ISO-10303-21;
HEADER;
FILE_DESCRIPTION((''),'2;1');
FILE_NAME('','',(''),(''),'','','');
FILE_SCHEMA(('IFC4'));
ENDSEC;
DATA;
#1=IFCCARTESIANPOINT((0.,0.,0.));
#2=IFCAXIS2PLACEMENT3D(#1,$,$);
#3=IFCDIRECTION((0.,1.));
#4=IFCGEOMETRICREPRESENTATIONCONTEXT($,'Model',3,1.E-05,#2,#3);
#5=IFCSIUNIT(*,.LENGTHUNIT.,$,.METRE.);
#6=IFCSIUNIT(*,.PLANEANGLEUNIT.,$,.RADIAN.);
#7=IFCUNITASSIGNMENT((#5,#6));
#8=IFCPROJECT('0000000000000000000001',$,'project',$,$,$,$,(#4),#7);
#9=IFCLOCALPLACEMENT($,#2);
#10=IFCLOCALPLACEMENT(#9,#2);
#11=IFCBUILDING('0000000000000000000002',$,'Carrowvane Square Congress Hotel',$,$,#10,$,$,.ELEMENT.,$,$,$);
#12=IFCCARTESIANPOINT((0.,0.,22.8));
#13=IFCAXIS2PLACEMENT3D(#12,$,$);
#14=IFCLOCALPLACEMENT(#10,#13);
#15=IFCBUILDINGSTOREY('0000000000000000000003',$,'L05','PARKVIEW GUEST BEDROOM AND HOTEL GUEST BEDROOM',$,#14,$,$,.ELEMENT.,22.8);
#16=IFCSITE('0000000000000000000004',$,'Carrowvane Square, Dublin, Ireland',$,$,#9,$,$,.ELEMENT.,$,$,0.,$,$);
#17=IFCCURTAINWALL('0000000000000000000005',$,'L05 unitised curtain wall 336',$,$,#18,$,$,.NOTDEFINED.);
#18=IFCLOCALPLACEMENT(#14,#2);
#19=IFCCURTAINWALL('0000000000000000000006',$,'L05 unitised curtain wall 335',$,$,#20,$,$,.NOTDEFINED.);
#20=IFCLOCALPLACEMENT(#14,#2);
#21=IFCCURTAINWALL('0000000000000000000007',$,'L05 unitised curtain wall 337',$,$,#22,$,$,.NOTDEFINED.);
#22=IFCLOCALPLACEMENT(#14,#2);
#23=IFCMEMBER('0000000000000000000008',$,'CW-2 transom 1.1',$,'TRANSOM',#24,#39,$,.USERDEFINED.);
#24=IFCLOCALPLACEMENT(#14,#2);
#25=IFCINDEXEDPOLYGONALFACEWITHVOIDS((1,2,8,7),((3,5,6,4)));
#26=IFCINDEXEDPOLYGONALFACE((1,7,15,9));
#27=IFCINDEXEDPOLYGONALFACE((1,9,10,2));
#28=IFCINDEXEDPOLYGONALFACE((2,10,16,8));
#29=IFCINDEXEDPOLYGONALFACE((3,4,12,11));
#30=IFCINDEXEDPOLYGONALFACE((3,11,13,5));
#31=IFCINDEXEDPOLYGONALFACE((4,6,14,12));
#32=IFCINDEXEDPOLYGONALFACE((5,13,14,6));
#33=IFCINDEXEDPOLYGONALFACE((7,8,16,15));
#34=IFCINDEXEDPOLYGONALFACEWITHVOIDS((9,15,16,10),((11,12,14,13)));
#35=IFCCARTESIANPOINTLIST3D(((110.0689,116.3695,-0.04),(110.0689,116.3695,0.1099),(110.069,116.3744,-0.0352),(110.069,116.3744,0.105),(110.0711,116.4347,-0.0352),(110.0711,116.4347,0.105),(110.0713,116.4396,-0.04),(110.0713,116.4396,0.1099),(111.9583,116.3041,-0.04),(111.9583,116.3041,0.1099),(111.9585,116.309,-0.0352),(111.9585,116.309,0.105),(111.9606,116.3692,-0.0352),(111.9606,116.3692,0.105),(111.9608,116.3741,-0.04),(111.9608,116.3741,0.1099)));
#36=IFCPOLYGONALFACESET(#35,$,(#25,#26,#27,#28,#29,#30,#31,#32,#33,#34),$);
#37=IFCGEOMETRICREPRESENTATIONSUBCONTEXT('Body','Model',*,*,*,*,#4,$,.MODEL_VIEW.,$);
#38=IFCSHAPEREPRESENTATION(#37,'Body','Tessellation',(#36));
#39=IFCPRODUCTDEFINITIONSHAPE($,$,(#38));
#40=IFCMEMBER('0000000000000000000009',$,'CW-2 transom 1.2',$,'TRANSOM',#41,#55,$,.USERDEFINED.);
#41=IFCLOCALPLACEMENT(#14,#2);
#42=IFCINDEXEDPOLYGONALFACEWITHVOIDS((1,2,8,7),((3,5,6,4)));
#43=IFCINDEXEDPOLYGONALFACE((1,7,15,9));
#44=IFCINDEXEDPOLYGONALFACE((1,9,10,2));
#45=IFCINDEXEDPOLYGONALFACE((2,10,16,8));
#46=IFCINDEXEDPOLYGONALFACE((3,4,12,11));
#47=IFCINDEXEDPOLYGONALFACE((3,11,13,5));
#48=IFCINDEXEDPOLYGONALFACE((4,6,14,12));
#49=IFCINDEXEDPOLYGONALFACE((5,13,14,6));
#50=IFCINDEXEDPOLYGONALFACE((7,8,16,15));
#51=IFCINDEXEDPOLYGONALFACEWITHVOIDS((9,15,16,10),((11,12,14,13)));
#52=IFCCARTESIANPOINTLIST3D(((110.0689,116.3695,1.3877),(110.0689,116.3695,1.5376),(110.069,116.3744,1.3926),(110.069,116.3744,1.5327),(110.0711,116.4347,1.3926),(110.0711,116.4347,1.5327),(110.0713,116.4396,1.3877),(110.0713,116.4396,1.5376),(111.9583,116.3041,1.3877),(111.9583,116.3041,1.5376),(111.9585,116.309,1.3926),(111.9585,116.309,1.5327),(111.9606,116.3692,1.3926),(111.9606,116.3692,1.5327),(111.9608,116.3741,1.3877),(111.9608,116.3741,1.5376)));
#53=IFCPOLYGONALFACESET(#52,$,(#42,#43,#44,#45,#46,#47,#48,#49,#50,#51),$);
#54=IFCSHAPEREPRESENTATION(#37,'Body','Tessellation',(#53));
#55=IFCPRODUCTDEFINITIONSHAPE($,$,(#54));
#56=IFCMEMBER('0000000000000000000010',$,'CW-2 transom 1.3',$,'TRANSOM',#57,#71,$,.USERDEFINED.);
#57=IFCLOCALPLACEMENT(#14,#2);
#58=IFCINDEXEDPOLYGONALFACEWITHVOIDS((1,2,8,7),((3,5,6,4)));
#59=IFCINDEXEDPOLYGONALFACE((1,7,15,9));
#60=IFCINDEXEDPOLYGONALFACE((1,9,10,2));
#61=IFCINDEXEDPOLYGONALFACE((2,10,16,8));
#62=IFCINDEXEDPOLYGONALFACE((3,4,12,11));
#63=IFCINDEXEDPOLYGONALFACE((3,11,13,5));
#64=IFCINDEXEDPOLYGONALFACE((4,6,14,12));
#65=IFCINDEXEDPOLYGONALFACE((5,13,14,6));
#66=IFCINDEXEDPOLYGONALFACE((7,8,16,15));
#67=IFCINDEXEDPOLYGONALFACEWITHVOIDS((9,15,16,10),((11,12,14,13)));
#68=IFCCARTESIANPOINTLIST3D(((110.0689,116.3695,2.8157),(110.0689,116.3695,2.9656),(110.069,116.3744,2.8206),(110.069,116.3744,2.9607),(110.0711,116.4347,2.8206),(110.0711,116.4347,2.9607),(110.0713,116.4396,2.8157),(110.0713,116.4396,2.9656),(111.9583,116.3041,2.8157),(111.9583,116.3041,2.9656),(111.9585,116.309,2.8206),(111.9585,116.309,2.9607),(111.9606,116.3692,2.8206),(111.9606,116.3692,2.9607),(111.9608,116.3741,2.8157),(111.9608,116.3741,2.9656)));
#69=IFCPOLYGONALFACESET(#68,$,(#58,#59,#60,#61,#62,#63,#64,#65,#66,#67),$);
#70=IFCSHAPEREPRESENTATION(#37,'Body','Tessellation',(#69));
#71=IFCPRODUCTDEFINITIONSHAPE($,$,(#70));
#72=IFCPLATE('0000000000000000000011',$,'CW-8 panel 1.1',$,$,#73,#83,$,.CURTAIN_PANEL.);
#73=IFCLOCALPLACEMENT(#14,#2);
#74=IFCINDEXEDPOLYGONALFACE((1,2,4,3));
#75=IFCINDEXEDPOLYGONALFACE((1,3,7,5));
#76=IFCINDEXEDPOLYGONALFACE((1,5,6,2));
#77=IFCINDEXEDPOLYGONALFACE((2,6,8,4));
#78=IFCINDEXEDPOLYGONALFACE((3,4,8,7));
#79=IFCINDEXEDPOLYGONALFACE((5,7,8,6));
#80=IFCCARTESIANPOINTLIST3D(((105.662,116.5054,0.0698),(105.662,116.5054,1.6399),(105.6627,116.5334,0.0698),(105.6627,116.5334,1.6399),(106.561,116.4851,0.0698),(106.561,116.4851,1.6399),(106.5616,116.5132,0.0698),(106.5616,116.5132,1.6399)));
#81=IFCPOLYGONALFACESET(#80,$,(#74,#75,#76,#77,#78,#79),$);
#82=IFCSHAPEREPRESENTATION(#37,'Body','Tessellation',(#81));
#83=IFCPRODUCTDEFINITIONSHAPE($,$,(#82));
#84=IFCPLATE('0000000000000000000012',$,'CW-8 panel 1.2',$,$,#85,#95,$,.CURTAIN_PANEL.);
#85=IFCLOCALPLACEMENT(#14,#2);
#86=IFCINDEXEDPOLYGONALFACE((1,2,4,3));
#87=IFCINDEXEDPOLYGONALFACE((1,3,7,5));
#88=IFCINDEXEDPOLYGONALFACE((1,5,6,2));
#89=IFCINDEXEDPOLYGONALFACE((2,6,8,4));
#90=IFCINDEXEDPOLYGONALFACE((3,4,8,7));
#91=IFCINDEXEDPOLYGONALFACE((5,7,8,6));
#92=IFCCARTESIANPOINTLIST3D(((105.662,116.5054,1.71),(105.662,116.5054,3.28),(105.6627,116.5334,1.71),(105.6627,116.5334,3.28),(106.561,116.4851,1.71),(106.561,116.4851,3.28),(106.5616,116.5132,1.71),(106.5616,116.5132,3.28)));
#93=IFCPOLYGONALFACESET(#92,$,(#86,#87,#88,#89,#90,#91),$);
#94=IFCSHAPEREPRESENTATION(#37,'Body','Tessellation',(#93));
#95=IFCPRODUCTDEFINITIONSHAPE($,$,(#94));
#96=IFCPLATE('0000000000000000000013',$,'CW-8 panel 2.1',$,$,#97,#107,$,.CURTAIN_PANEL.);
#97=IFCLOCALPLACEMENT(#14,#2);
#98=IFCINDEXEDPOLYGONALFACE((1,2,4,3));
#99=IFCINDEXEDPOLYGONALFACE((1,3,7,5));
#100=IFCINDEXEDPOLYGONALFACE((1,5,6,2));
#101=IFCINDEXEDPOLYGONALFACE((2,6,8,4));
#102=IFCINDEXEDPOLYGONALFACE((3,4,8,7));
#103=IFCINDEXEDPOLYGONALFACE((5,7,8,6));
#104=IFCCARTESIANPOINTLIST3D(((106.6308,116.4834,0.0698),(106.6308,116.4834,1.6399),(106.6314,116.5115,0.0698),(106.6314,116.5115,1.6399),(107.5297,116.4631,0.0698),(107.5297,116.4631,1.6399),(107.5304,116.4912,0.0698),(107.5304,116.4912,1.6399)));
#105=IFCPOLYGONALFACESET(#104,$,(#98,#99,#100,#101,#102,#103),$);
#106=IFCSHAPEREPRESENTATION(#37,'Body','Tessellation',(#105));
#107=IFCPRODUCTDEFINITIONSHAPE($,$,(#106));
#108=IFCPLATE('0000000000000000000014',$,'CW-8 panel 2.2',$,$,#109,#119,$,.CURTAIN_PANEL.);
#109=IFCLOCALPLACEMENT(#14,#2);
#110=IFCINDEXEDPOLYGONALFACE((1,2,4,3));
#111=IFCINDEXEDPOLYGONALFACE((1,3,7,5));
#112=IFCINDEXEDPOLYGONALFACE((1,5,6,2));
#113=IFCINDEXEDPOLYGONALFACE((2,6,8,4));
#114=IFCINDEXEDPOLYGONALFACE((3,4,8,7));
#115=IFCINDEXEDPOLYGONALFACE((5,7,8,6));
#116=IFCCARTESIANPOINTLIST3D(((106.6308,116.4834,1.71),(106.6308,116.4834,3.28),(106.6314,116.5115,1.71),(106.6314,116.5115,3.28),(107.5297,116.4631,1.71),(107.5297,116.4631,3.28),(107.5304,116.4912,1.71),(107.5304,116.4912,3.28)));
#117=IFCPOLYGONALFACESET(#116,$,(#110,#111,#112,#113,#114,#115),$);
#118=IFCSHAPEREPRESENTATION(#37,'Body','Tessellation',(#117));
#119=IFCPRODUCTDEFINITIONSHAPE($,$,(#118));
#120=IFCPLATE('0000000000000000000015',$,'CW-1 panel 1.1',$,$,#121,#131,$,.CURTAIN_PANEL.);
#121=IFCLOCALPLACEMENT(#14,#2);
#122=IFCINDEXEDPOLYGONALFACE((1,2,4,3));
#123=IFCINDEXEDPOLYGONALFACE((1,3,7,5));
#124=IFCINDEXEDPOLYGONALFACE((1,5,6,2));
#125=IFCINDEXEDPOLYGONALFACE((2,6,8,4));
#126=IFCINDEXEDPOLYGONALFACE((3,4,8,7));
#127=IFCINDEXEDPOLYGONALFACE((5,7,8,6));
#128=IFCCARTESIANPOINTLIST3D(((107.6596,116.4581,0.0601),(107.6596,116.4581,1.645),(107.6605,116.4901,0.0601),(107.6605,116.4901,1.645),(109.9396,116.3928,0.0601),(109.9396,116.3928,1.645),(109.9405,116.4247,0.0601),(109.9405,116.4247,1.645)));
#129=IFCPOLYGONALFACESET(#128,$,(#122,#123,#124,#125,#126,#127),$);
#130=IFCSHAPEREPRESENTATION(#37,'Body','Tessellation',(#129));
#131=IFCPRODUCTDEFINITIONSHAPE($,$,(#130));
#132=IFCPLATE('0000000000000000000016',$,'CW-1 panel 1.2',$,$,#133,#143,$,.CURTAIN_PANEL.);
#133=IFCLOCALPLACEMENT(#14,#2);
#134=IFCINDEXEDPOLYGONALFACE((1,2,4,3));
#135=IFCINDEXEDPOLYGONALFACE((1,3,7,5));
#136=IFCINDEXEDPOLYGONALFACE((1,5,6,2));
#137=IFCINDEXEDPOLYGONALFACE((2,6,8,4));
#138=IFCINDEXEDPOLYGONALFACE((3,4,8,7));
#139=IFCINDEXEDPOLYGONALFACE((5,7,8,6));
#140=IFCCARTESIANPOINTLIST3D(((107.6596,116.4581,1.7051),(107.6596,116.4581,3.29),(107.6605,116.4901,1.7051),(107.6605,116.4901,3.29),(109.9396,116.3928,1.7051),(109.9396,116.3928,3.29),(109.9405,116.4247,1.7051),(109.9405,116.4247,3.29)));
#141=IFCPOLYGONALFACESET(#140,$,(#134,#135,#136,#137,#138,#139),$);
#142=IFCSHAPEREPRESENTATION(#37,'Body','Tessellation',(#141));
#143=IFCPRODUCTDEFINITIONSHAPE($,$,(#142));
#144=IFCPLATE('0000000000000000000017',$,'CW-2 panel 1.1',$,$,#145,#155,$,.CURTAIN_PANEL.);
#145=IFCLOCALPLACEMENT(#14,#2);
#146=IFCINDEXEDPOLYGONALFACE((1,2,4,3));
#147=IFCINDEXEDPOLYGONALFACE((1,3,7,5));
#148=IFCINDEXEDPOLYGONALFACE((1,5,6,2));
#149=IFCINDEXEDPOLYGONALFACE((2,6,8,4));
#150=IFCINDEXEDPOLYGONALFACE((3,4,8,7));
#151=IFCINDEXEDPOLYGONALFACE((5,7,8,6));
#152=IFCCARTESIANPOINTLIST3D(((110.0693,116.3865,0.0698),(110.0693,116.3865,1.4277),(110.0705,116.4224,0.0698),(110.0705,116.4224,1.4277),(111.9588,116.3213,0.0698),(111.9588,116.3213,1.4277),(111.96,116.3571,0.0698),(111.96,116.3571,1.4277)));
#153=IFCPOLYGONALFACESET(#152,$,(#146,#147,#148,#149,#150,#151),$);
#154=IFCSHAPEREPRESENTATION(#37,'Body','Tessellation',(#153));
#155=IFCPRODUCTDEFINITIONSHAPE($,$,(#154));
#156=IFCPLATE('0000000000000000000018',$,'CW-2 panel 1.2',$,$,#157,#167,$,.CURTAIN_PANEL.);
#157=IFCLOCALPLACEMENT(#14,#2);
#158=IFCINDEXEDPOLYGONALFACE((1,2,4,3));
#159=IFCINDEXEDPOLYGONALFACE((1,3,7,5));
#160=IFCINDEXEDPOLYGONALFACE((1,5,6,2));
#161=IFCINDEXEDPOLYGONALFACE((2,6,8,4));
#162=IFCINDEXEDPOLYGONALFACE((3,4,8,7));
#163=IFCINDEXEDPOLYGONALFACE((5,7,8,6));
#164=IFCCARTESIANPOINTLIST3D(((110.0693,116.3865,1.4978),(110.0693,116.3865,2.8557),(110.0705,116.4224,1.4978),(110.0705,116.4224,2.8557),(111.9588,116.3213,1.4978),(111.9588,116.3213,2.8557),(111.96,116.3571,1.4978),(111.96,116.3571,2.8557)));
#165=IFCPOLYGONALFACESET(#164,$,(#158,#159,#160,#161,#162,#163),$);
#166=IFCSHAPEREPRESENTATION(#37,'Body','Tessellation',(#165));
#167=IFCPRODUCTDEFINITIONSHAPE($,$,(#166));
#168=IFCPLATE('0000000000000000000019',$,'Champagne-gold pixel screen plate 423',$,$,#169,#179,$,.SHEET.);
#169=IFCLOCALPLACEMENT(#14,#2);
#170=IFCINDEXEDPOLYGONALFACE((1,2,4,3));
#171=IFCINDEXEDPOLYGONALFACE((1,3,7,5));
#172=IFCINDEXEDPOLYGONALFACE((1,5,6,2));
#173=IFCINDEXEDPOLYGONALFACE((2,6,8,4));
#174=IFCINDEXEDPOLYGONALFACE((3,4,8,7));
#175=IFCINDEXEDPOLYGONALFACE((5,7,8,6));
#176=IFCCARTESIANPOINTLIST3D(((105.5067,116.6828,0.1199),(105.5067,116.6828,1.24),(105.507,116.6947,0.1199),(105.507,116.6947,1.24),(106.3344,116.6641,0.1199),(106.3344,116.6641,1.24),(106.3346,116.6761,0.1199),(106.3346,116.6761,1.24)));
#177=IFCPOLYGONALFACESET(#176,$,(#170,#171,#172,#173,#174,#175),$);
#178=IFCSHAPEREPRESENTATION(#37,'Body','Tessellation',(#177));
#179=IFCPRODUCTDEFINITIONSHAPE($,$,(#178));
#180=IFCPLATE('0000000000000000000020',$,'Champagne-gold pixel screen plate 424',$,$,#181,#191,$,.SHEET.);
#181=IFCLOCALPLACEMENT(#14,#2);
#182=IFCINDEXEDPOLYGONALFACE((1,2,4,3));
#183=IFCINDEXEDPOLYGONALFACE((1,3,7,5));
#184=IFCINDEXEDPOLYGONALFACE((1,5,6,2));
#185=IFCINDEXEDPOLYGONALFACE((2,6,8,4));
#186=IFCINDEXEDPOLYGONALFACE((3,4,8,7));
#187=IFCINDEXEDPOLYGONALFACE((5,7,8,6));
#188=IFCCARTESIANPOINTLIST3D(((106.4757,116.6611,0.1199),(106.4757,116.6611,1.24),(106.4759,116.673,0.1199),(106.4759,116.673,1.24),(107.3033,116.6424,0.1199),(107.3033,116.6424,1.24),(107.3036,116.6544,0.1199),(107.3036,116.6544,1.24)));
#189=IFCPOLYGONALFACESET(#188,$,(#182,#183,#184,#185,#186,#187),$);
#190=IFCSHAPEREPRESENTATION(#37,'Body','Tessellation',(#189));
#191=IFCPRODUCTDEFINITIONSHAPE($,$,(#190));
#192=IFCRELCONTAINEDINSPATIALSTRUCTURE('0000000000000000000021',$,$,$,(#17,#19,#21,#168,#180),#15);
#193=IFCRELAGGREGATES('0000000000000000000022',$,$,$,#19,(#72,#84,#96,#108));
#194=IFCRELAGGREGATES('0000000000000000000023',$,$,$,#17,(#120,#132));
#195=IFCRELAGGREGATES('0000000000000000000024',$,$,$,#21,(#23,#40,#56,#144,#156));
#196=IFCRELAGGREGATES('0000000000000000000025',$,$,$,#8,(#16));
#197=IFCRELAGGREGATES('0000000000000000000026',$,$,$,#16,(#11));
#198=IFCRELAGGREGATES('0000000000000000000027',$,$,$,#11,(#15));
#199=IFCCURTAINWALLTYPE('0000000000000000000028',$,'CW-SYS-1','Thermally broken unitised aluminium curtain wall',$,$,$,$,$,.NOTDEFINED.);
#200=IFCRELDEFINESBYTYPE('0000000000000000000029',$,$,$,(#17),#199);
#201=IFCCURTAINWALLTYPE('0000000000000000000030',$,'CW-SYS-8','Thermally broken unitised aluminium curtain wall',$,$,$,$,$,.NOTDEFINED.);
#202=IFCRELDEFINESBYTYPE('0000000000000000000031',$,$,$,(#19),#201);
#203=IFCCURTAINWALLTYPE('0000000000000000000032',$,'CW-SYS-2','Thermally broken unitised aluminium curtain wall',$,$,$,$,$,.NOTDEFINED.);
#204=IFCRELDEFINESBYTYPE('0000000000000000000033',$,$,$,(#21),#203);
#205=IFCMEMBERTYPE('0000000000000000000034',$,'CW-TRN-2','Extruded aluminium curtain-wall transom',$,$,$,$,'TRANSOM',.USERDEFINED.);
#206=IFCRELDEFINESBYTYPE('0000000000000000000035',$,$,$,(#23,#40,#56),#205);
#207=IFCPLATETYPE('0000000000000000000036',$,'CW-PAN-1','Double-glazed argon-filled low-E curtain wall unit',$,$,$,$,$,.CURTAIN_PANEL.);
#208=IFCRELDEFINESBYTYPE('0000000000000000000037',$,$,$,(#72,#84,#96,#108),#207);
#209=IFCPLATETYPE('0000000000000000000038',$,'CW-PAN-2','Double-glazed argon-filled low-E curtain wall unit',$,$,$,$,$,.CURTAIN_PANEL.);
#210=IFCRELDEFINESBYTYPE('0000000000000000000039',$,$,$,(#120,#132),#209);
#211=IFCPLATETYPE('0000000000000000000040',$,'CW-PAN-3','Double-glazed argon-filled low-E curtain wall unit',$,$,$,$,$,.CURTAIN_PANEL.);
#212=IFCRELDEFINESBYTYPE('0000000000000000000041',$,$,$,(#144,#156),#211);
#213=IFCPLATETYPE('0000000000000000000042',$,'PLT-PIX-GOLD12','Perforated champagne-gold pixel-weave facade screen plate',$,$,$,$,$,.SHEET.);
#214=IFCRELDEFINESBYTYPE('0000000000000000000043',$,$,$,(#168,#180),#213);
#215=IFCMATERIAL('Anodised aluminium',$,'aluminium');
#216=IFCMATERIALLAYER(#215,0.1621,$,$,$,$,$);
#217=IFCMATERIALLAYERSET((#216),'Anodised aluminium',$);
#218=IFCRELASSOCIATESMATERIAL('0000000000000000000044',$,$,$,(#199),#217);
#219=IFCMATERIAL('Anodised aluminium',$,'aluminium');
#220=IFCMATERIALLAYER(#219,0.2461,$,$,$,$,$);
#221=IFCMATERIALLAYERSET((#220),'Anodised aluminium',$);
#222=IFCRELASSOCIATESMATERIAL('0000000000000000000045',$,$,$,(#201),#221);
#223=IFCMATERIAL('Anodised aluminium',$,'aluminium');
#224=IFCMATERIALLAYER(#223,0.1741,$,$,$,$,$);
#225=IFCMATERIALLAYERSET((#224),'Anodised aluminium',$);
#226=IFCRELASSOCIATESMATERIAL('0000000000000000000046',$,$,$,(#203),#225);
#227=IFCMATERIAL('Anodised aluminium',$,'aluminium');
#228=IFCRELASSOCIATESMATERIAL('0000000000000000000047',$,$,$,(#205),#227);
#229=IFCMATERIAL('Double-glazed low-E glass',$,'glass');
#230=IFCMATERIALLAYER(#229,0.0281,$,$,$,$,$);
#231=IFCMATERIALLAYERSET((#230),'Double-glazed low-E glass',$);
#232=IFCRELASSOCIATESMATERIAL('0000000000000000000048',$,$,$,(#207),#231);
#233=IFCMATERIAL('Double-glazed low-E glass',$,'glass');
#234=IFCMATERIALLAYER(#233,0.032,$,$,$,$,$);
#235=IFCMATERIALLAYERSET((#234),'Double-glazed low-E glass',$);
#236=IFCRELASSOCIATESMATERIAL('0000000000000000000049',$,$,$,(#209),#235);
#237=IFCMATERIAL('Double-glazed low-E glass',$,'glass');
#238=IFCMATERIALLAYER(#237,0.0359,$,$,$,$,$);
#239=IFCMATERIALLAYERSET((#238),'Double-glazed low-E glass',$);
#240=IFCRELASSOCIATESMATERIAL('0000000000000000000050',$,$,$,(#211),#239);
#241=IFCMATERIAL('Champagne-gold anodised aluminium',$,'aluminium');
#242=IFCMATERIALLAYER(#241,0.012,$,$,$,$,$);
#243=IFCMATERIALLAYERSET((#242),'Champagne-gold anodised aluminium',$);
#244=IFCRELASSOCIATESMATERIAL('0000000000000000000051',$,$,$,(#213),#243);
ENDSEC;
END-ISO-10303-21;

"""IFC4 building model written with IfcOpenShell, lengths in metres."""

from ifc_helpers import new_model, si_unit, direction, frame, origin, origin_2d, place, context, subcontext, project, spatial, rectangle, hollow_rectangle, extrude, material, layer, layer_set, material_profile, profile_set, type_object, element, aggregate, save


model = new_model("IFC4")

# Units and contexts
model_context = context("Model", 3, precision=1e-05, world=origin(), true_north=direction((0.0, 1.0)))
body_context = subcontext(model_context, "Body", "Model", "MODEL_VIEW")
ifc_project = project(units=[si_unit("LENGTHUNIT", "METRE"), si_unit("PLANEANGLEUNIT", "RADIAN")], contexts=[model_context])

# Site, building, storey
site_placement = place(None, origin())
site = spatial("IfcSite", under=ifc_project, at=site_placement, Name="Carrowvane Square, Dublin, Ireland", CompositionType="ELEMENT", RefElevation=0.0)
building_placement = place(site_placement, origin())
building = spatial("IfcBuilding", under=site, at=building_placement, Name="Carrowvane Square Congress Hotel", CompositionType="ELEMENT")
storey_placement = place(building_placement, frame((0.0, 0.0, 22.8)))
storey = spatial("IfcBuildingStorey", under=building, at=storey_placement, Name="L05", Description="PARKVIEW GUEST BEDROOM AND HOTEL GUEST BEDROOM", CompositionType="ELEMENT", Elevation=22.8)

# Curtain wall
ifc_material_1 = material(Name="Anodised aluminium", Category="aluminium")
ifc_layer_1 = layer(ifc_material_1, 0.1621)
ifc_layer_set_1 = layer_set([ifc_layer_1], Name="Anodised aluminium")
curtain_wall_type_1 = type_object("IfcCurtainWallType", Name="CW-SYS-1", Description="Thermally broken unitised aluminium curtain wall", PredefinedType="NOTDEFINED", material=ifc_layer_set_1)
curtain_wall_1_placement = place(storey_placement, origin())
curtain_wall_1 = element("IfcCurtainWall", 1, at=curtain_wall_1_placement, inside=storey, type_object=curtain_wall_type_1, Name="L05 unitised curtain wall 336", PredefinedType="NOTDEFINED")

# Curtain walls
ifc_material_2 = material(Name="Anodised aluminium", Category="aluminium")
ifc_layer_2 = layer(ifc_material_2, 0.2461)
ifc_layer_set_2 = layer_set([ifc_layer_2], Name="Anodised aluminium")
curtain_wall_type_2 = type_object("IfcCurtainWallType", Name="CW-SYS-8", Description="Thermally broken unitised aluminium curtain wall", PredefinedType="NOTDEFINED", material=ifc_layer_set_2)
curtain_wall_2_placement = place(storey_placement, origin())
curtain_wall_2 = element("IfcCurtainWall", 2, at=curtain_wall_2_placement, inside=storey, type_object=curtain_wall_type_2, Name="L05 unitised curtain wall 335", PredefinedType="NOTDEFINED")
ifc_material_3 = material(Name="Anodised aluminium", Category="aluminium")
ifc_layer_3 = layer(ifc_material_3, 0.1741)
ifc_layer_set_3 = layer_set([ifc_layer_3], Name="Anodised aluminium")
curtain_wall_type_3 = type_object("IfcCurtainWallType", Name="CW-SYS-2", Description="Thermally broken unitised aluminium curtain wall", PredefinedType="NOTDEFINED", material=ifc_layer_set_3)
curtain_wall_3_placement = place(storey_placement, origin())
curtain_wall_3 = element("IfcCurtainWall", 3, at=curtain_wall_3_placement, inside=storey, type_object=curtain_wall_type_3, Name="L05 unitised curtain wall 337", PredefinedType="NOTDEFINED")

# Members
ifc_material_4 = material(Name="Anodised aluminium", Category="aluminium")
ifc_material_profile_1 = material_profile(ifc_material_4, hollow_rectangle(XDim=0.0701, YDim=0.1499, WallThickness=0.0049, at=origin_2d()), Name="CW-TR 70x150x5")
ifc_profile_set_1 = profile_set([ifc_material_profile_1], Name="Anodised aluminium")
member_type_1 = type_object("IfcMemberType", Name="CW-TRN-2", Description="Extruded aluminium curtain-wall transom", ElementType="TRANSOM", PredefinedType="USERDEFINED", material=ifc_profile_set_1)
member_1_placement = place(storey_placement, frame((110.0701, 116.4045, 0.0349), z_axis=(0.999401, -0.034609, 0.0), x_axis=(0.034609, 0.999401, 0.0)))
member_1 = element("IfcMember", 4, at=member_1_placement, type_object=member_type_1, Name="CW-2 transom 1.1", ObjectType="TRANSOM", PredefinedType="USERDEFINED", context=body_context, shape_type="SweptSolid", body=[
    extrude(hollow_rectangle(XDim=0.0701, YDim=0.1499, WallThickness=0.0049, at=origin_2d()), origin(), (0.0, 0.0, 1.0), 1.8906),
])
member_2_placement = place(storey_placement, frame((110.0701, 116.4045, 1.4626), z_axis=(0.999401, -0.034609, 0.0), x_axis=(0.034609, 0.999401, 0.0)))
member_2 = element("IfcMember", 5, at=member_2_placement, type_object=member_type_1, Name="CW-2 transom 1.2", ObjectType="TRANSOM", PredefinedType="USERDEFINED", context=body_context, shape_type="SweptSolid", body=[
    extrude(hollow_rectangle(XDim=0.0701, YDim=0.1499, WallThickness=0.0049, at=origin_2d()), origin(), (0.0, 0.0, 1.0), 1.8906),
])
member_3_placement = place(storey_placement, frame((110.0701, 116.4045, 2.8906), z_axis=(0.999401, -0.034609, 0.0), x_axis=(0.034609, 0.999401, 0.0)))
member_3 = element("IfcMember", 6, at=member_3_placement, type_object=member_type_1, Name="CW-2 transom 1.3", ObjectType="TRANSOM", PredefinedType="USERDEFINED", context=body_context, shape_type="SweptSolid", body=[
    extrude(hollow_rectangle(XDim=0.0701, YDim=0.1499, WallThickness=0.0049, at=origin_2d()), origin(), (0.0, 0.0, 1.0), 1.8906),
])

# Plates
ifc_material_5 = material(Name="Double-glazed low-E glass", Category="glass")
ifc_layer_4 = layer(ifc_material_5, 0.0281)
ifc_layer_set_4 = layer_set([ifc_layer_4], Name="Double-glazed low-E glass")
plate_type_1 = type_object("IfcPlateType", Name="CW-PAN-1", Description="Double-glazed argon-filled low-E curtain wall unit", PredefinedType="CURTAIN_PANEL", material=ifc_layer_set_4)
plate_1_placement = place(storey_placement, frame((106.1118, 116.5093, 0.0698), z_axis=(0.0, 0.0, 1.0), x_axis=(0.999746, -0.022518, 0.0)))
plate_1 = element("IfcPlate", 7, at=plate_1_placement, type_object=plate_type_1, Name="CW-8 panel 1.1", PredefinedType="CURTAIN_PANEL", context=body_context, shape_type="SweptSolid", body=[
    extrude(rectangle(XDim=0.8992, YDim=0.0281, at=origin_2d()), origin(), (0.0, 0.0, 1.0), 1.5701),
])
plate_2_placement = place(storey_placement, frame((106.1118, 116.5093, 1.71), z_axis=(0.0, 0.0, 1.0), x_axis=(0.999746, -0.022518, 0.0)))
plate_2 = element("IfcPlate", 8, at=plate_2_placement, type_object=plate_type_1, Name="CW-8 panel 1.2", PredefinedType="CURTAIN_PANEL", context=body_context, shape_type="SweptSolid", body=[
    extrude(rectangle(XDim=0.8992, YDim=0.0281, at=origin_2d()), origin(), (0.0, 0.0, 1.0), 1.5701),
])
plate_3_placement = place(storey_placement, frame((107.0806, 116.4873, 0.0698), z_axis=(0.0, 0.0, 1.0), x_axis=(0.999746, -0.022518, 0.0)))
plate_3 = element("IfcPlate", 9, at=plate_3_placement, type_object=plate_type_1, Name="CW-8 panel 2.1", PredefinedType="CURTAIN_PANEL", context=body_context, shape_type="SweptSolid", body=[
    extrude(rectangle(XDim=0.8992, YDim=0.0281, at=origin_2d()), origin(), (0.0, 0.0, 1.0), 1.5701),
])
plate_4_placement = place(storey_placement, frame((107.0806, 116.4873, 1.71), z_axis=(0.0, 0.0, 1.0), x_axis=(0.999746, -0.022518, 0.0)))
plate_4 = element("IfcPlate", 10, at=plate_4_placement, type_object=plate_type_1, Name="CW-8 panel 2.2", PredefinedType="CURTAIN_PANEL", context=body_context, shape_type="SweptSolid", body=[
    extrude(rectangle(XDim=0.8992, YDim=0.0281, at=origin_2d()), origin(), (0.0, 0.0, 1.0), 1.5701),
])
aggregate(curtain_wall_2, [plate_1, plate_2, plate_3, plate_4])
ifc_material_6 = material(Name="Double-glazed low-E glass", Category="glass")
ifc_layer_5 = layer(ifc_material_6, 0.032)
ifc_layer_set_5 = layer_set([ifc_layer_5], Name="Double-glazed low-E glass")
plate_type_2 = type_object("IfcPlateType", Name="CW-PAN-2", Description="Double-glazed argon-filled low-E curtain wall unit", PredefinedType="CURTAIN_PANEL", material=ifc_layer_set_5)
plate_5_placement = place(storey_placement, frame((108.8, 116.4414, 0.0601), z_axis=(0.0, 0.0, 1.0), x_axis=(0.99959, -0.028638, 0.0)))
plate_5 = element("IfcPlate", 11, at=plate_5_placement, type_object=plate_type_2, Name="CW-1 panel 1.1", PredefinedType="CURTAIN_PANEL", context=body_context, shape_type="SweptSolid", body=[
    extrude(rectangle(XDim=2.281, YDim=0.032, at=origin_2d()), origin(), (0.0, 0.0, 1.0), 1.585),
])
plate_6_placement = place(storey_placement, frame((108.8, 116.4414, 1.7051), z_axis=(0.0, 0.0, 1.0), x_axis=(0.99959, -0.028638, 0.0)))
plate_6 = element("IfcPlate", 12, at=plate_6_placement, type_object=plate_type_2, Name="CW-1 panel 1.2", PredefinedType="CURTAIN_PANEL", context=body_context, shape_type="SweptSolid", body=[
    extrude(rectangle(XDim=2.281, YDim=0.032, at=origin_2d()), origin(), (0.0, 0.0, 1.0), 1.585),
])
aggregate(curtain_wall_1, [plate_5, plate_6])
ifc_material_7 = material(Name="Double-glazed low-E glass", Category="glass")
ifc_layer_6 = layer(ifc_material_7, 0.0359)
ifc_layer_set_6 = layer_set([ifc_layer_6], Name="Double-glazed low-E glass")
plate_type_3 = type_object("IfcPlateType", Name="CW-PAN-3", Description="Double-glazed argon-filled low-E curtain wall unit", PredefinedType="CURTAIN_PANEL", material=ifc_layer_set_6)
plate_7_placement = place(storey_placement, frame((111.0146, 116.3718, 0.0698), z_axis=(0.0, 0.0, 1.0), x_axis=(0.999404, -0.03453, 0.0)))
plate_7 = element("IfcPlate", 13, at=plate_7_placement, type_object=plate_type_3, Name="CW-2 panel 1.1", PredefinedType="CURTAIN_PANEL", context=body_context, shape_type="SweptSolid", body=[
    extrude(rectangle(XDim=1.8906, YDim=0.0359, at=origin_2d()), origin(), (0.0, 0.0, 1.0), 1.3579),
])
plate_8_placement = place(storey_placement, frame((111.0146, 116.3718, 1.4978), z_axis=(0.0, 0.0, 1.0), x_axis=(0.999404, -0.03453, 0.0)))
plate_8 = element("IfcPlate", 14, at=plate_8_placement, type_object=plate_type_3, Name="CW-2 panel 1.2", PredefinedType="CURTAIN_PANEL", context=body_context, shape_type="SweptSolid", body=[
    extrude(rectangle(XDim=1.8906, YDim=0.0359, at=origin_2d()), origin(), (0.0, 0.0, 1.0), 1.3579),
])
aggregate(curtain_wall_3, [member_1, member_2, member_3, plate_7, plate_8])

# Plates
ifc_material_8 = material(Name="Champagne-gold anodised aluminium", Category="aluminium")
ifc_layer_7 = layer(ifc_material_8, 0.012)
ifc_layer_set_7 = layer_set([ifc_layer_7], Name="Champagne-gold anodised aluminium")
plate_type_4 = type_object("IfcPlateType", Name="PLT-PIX-GOLD12", Description="Perforated champagne-gold pixel-weave facade screen plate", PredefinedType="SHEET", material=ifc_layer_set_7)
for number, where, z_axis, x_axis, name in (
    (15, (105.9207, 116.6794, 0.1199), (0.0, 0.0, 1.0), (0.999746, -0.022519, 0.0), "Champagne-gold pixel screen plate 423"),
    (16, (106.8896, 116.6577, 0.1199), (0.0, 0.0, 1.0), (0.999746, -0.022519, 0.0), "Champagne-gold pixel screen plate 424"),
):
    element("IfcPlate", number, at=place(storey_placement, frame(where, z_axis=z_axis, x_axis=x_axis)), inside=storey, type_object=plate_type_4, Name=name, PredefinedType="SHEET", context=body_context, shape_type="SweptSolid", body=[
        extrude(rectangle(XDim=0.8279, YDim=0.012, at=origin_2d()), origin(), (0.0, 0.0, 1.0), 1.1201),
    ])

save(model, "model.ifc")
